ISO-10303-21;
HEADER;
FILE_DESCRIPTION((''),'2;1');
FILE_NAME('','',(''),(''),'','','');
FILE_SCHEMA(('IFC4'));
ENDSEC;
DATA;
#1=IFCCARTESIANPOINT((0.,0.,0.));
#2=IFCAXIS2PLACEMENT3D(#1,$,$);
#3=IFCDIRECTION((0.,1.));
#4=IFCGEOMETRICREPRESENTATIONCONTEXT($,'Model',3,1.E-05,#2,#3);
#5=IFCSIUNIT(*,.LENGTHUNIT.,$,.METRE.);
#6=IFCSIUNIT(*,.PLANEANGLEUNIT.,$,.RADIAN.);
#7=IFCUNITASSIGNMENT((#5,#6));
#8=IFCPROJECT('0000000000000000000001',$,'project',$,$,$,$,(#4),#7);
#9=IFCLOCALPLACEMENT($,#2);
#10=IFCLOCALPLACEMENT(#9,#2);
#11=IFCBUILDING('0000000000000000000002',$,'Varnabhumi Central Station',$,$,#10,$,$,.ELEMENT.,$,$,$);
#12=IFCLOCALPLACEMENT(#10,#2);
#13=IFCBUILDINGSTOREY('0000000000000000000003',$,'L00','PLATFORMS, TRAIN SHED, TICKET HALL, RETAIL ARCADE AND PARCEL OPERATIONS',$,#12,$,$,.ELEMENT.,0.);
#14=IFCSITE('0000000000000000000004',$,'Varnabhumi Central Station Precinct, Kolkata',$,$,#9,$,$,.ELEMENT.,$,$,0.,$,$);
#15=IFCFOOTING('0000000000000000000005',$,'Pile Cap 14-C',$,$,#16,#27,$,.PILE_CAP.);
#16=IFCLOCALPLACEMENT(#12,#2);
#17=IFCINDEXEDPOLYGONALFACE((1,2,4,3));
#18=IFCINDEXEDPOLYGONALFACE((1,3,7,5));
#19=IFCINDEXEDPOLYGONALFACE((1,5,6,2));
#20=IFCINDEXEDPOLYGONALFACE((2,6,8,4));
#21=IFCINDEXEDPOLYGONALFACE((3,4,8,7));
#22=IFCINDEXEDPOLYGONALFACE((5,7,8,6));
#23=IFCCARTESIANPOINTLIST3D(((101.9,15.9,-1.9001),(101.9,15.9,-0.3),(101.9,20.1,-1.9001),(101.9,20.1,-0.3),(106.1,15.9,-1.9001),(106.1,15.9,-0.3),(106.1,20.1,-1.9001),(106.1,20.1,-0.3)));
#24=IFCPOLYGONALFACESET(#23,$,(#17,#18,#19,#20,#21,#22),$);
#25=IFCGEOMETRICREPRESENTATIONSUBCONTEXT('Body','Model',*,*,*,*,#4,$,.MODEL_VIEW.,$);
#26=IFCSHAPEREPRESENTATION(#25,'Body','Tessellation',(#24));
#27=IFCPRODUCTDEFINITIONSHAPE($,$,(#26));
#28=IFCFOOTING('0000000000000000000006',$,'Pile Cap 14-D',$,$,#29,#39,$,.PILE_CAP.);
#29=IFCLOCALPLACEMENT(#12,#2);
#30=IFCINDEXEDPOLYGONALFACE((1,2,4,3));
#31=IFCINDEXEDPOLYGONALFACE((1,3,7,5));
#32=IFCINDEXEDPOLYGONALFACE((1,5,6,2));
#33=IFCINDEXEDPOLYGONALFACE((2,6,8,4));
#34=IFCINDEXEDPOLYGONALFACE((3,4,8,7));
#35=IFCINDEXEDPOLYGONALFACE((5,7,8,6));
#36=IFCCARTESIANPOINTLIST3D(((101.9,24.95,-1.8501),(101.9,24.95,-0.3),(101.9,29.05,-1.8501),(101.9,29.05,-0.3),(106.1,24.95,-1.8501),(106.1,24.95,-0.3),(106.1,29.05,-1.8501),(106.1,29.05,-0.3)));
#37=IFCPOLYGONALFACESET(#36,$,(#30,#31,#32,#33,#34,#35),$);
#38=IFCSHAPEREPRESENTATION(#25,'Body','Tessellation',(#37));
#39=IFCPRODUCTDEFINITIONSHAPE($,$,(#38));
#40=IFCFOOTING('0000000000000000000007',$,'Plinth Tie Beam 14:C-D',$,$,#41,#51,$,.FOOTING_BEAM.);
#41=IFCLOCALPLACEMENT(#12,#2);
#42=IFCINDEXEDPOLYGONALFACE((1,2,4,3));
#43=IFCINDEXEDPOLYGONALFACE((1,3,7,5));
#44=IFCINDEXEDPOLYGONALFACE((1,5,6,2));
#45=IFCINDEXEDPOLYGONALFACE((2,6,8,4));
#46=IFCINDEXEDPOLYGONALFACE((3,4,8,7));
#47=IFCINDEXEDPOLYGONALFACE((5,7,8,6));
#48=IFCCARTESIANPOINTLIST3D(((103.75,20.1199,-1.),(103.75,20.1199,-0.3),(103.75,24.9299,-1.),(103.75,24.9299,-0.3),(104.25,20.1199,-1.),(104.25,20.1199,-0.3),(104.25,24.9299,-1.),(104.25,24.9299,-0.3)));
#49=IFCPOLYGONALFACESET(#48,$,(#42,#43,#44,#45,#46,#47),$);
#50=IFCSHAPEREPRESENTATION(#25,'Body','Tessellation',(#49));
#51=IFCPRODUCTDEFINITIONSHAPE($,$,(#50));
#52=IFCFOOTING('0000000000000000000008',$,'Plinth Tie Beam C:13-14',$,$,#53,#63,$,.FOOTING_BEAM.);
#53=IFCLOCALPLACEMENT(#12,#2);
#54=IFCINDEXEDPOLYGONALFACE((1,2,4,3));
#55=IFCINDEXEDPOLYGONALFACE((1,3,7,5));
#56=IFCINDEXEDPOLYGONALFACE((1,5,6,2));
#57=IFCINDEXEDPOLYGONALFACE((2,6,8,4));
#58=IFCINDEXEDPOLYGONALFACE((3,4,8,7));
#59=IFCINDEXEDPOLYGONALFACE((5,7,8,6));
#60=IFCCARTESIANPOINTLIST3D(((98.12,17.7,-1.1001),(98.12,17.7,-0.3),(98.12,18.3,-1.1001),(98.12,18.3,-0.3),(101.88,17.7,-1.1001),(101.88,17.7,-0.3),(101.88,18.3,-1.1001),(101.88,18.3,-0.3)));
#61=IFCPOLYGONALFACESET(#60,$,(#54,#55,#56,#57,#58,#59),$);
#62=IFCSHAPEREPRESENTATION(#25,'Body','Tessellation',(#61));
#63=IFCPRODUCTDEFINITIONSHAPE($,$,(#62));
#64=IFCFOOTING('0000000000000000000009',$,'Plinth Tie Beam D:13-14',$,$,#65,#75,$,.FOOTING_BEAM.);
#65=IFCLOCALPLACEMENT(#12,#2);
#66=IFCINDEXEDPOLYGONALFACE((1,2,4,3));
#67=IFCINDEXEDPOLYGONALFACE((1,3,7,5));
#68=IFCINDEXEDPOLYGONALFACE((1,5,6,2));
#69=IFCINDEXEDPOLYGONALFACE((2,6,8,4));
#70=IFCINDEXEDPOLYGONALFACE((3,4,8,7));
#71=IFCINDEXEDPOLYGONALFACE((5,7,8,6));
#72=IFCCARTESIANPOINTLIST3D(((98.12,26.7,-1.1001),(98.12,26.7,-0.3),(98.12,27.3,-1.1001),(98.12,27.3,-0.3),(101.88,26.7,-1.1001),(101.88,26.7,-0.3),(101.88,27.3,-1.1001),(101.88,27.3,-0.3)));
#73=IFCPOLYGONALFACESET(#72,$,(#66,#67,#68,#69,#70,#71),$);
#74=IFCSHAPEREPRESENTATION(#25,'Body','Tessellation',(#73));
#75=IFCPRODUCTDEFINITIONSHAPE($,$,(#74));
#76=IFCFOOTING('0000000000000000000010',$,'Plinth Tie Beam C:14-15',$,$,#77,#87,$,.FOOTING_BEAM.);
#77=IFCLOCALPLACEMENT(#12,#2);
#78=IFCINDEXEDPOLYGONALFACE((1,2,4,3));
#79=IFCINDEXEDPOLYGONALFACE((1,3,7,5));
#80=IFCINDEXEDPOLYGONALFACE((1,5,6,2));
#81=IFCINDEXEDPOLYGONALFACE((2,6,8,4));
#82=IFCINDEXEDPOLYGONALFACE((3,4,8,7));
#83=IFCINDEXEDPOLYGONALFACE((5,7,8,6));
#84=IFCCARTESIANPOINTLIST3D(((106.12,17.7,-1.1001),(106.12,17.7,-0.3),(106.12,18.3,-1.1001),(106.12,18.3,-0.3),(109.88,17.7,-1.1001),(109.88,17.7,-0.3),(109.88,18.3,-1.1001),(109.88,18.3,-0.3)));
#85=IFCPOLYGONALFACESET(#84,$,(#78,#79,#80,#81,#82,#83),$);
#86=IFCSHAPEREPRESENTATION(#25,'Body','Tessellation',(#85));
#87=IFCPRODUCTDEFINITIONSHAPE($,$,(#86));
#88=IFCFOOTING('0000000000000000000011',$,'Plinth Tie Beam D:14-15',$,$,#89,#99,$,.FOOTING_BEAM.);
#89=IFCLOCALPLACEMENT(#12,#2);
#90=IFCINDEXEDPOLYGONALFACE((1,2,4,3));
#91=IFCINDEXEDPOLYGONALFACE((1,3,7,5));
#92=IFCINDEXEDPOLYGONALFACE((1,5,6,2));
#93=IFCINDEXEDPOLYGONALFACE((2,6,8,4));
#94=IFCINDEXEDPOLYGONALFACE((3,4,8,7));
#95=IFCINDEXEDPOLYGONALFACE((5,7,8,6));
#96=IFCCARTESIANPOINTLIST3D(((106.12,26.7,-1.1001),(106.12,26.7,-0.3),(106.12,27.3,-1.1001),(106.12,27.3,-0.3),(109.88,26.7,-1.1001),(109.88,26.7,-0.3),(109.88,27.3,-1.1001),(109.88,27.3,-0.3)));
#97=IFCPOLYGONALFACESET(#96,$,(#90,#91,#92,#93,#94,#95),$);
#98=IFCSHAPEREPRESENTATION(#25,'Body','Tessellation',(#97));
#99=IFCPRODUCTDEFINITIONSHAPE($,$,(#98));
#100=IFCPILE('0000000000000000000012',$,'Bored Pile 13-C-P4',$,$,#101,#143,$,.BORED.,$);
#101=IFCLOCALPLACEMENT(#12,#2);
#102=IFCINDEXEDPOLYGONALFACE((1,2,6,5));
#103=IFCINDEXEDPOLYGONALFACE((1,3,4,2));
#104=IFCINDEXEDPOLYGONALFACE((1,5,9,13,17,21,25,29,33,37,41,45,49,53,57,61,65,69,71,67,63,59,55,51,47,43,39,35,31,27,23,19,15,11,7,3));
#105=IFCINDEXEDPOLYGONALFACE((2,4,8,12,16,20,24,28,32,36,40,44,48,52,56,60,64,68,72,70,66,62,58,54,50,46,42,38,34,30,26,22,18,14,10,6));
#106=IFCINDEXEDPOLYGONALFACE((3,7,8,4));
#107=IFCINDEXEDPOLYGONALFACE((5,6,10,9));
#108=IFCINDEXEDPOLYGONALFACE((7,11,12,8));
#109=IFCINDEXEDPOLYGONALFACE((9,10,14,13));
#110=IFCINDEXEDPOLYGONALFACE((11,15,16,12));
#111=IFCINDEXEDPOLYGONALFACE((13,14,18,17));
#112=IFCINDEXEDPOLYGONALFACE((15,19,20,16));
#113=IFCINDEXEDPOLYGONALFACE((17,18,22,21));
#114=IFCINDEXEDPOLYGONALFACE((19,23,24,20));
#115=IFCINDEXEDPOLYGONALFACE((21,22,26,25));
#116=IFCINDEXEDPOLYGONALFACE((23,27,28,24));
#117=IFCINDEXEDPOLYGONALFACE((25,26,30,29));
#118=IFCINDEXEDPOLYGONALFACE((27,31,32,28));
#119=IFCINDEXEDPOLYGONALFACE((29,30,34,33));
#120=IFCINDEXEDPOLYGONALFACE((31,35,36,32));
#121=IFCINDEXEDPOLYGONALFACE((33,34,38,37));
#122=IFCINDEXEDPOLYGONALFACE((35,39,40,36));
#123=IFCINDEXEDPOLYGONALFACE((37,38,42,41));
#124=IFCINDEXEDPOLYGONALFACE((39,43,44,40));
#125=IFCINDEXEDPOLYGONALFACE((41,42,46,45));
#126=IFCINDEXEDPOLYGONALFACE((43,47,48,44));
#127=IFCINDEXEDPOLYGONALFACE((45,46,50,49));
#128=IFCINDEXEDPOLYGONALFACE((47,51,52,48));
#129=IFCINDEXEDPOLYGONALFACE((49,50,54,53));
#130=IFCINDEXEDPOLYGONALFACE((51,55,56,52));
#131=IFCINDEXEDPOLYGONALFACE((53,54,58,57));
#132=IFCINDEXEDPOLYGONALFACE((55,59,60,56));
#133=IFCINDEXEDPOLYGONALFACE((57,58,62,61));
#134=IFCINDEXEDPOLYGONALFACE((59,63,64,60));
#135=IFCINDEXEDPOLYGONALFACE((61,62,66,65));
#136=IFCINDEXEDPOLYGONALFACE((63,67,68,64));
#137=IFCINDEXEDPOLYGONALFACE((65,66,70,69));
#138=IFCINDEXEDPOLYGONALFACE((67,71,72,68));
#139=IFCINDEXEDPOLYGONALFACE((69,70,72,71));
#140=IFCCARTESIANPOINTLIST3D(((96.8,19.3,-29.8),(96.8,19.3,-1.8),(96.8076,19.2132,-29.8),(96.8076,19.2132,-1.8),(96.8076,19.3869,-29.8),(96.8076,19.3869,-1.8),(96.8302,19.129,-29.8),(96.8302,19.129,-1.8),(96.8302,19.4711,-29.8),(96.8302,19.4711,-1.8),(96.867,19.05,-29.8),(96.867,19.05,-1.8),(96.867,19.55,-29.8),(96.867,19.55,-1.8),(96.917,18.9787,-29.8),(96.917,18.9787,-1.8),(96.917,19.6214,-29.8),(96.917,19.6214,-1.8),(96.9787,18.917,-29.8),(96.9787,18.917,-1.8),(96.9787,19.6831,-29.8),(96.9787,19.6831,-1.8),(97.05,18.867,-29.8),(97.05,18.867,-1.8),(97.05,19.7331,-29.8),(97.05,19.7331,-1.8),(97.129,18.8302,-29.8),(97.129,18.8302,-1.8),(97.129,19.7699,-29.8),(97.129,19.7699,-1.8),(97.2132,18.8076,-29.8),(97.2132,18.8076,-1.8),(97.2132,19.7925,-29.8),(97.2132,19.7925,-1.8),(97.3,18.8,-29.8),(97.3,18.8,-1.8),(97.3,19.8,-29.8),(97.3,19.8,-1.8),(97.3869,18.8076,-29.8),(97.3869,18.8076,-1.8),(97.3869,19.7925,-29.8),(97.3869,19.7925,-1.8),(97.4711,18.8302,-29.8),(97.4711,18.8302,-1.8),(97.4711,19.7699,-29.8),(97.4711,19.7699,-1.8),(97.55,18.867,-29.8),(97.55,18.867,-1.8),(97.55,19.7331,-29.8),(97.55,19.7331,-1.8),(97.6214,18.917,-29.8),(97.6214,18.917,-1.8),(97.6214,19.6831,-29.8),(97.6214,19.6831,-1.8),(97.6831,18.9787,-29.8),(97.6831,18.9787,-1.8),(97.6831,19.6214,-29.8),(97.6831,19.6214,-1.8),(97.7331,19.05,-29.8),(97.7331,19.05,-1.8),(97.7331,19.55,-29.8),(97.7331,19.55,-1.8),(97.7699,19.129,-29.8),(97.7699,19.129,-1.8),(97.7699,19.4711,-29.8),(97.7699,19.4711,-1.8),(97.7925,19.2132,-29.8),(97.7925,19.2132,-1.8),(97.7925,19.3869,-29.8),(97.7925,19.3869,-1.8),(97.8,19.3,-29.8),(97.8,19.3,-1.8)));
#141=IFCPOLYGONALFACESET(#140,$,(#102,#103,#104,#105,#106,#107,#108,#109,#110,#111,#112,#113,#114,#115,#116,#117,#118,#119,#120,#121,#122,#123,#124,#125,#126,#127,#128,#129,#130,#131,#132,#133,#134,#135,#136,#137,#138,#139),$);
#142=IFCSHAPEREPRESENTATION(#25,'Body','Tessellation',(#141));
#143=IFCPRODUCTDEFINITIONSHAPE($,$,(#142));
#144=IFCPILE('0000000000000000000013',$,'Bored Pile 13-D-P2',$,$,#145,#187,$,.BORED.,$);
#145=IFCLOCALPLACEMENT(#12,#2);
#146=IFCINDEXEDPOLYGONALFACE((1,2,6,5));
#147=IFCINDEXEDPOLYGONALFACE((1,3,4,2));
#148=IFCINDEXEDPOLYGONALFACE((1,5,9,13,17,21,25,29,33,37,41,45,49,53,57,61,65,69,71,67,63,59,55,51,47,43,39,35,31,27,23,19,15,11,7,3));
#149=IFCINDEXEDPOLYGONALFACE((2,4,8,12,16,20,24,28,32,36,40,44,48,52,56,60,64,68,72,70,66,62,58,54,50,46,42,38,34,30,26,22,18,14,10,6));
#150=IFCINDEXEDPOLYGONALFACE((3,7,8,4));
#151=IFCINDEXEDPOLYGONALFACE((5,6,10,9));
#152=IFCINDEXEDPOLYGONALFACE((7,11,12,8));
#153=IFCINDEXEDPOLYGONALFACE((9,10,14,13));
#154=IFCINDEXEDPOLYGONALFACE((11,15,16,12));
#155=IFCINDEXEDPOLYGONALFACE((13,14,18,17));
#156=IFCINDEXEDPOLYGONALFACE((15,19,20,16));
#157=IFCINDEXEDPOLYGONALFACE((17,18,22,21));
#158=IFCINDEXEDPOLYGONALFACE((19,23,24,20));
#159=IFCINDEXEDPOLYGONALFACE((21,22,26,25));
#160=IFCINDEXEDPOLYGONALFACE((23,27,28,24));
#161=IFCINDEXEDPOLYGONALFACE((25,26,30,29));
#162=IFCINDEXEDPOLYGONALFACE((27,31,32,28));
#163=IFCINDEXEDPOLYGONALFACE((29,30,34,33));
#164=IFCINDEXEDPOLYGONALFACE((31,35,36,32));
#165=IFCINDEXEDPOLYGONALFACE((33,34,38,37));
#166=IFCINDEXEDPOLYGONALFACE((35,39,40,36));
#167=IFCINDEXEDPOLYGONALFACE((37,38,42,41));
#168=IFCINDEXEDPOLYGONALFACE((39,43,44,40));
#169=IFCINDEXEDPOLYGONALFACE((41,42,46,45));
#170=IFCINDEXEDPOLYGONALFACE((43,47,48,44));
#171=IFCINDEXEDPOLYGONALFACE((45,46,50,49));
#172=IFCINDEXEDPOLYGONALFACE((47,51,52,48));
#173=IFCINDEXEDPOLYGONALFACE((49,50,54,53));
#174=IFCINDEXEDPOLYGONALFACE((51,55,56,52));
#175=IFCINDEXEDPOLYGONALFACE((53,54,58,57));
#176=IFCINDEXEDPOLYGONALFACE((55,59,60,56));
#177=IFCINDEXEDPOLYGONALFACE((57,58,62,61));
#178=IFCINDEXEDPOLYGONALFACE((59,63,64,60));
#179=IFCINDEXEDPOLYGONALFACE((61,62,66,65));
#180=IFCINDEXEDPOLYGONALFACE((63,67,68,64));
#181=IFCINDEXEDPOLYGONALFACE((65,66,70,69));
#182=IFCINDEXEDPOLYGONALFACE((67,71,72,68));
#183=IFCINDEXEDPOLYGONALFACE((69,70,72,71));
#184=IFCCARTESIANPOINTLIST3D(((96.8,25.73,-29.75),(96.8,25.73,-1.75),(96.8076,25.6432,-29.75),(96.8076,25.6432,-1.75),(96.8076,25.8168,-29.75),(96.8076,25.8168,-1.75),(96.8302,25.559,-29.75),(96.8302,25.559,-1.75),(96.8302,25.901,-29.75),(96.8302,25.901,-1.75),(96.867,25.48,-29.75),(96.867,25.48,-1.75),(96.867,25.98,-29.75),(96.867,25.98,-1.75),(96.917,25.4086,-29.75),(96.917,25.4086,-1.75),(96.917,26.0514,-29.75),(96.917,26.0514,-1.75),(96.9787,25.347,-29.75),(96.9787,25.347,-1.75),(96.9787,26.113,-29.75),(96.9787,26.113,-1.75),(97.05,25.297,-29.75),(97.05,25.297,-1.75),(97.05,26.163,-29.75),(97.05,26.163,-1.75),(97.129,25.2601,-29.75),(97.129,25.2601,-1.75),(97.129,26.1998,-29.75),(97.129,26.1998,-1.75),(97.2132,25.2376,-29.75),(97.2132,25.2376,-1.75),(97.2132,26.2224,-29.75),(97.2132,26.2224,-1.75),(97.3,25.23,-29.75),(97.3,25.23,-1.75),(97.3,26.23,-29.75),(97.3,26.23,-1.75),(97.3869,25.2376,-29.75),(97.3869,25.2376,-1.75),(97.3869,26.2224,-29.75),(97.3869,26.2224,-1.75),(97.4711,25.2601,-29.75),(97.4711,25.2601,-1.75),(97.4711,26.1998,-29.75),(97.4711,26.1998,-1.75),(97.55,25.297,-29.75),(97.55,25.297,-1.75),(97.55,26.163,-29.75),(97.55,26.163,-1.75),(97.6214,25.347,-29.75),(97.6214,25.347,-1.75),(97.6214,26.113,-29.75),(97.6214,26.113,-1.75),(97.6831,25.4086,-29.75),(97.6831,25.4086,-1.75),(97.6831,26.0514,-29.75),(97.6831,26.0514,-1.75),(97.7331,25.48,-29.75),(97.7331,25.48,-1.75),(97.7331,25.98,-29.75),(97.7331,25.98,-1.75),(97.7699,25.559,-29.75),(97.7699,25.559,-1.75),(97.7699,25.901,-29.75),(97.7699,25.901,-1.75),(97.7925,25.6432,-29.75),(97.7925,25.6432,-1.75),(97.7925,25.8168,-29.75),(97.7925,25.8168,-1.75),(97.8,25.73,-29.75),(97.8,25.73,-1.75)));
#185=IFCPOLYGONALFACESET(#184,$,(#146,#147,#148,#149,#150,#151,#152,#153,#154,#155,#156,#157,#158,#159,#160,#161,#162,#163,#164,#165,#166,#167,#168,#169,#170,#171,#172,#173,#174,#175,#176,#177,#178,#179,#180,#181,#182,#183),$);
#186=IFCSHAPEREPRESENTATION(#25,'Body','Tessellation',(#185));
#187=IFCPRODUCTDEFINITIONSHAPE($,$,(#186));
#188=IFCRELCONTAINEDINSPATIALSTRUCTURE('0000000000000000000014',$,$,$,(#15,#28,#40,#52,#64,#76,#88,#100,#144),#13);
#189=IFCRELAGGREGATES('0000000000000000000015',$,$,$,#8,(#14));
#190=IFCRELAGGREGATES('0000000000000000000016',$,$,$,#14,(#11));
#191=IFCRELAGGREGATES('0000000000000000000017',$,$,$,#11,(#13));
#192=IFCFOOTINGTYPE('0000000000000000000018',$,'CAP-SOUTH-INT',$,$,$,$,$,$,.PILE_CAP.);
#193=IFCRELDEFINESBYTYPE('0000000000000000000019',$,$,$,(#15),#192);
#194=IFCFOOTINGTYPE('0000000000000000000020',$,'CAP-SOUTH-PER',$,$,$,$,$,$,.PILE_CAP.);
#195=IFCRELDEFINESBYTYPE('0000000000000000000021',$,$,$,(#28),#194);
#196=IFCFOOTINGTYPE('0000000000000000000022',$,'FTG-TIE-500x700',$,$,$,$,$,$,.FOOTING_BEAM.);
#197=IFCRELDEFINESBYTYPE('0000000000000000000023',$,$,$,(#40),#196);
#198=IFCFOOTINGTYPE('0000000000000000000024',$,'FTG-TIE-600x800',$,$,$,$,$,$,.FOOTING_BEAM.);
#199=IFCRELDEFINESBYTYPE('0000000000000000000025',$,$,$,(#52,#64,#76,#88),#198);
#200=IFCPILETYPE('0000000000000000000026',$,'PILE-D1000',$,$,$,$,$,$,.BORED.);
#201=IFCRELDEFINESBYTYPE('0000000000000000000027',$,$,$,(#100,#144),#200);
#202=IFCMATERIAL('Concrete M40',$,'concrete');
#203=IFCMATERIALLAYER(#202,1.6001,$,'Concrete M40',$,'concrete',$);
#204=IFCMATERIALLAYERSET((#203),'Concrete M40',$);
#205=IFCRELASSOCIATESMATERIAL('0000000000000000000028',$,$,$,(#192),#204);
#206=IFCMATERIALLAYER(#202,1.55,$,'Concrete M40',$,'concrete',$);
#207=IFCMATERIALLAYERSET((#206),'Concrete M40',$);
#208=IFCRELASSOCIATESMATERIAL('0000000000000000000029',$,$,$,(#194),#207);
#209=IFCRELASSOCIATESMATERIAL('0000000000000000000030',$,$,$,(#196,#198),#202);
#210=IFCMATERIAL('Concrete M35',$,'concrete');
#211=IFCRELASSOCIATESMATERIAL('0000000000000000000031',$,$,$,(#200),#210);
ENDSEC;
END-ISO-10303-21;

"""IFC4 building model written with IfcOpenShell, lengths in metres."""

from ifc_helpers import new_model, si_unit, direction, frame, origin, origin_2d, place, context, subcontext, project, spatial, rectangle, circle, extrude, material, layer, layer_set, material_profile, profile_set, type_object, element, save


model = new_model("IFC4")

# Units and contexts
model_context = context("Model", 3, precision=1e-05, world=origin(), true_north=direction((0.0, 1.0)))
body_context = subcontext(model_context, "Body", "Model", "MODEL_VIEW")
ifc_project = project(units=[si_unit("LENGTHUNIT", "METRE"), si_unit("PLANEANGLEUNIT", "RADIAN")], contexts=[model_context])

# Site, building, storey
site_placement = place(None, origin())
site = spatial("IfcSite", under=ifc_project, at=site_placement, Name="Varnabhumi Central Station Precinct, Kolkata", CompositionType="ELEMENT", RefElevation=0.0)
building_placement = place(site_placement, origin())
building = spatial("IfcBuilding", under=site, at=building_placement, Name="Varnabhumi Central Station", CompositionType="ELEMENT")
storey_placement = place(building_placement, origin())
storey = spatial("IfcBuildingStorey", under=building, at=storey_placement, Name="L00", Description="PLATFORMS, TRAIN SHED, TICKET HALL, RETAIL ARCADE AND PARCEL OPERATIONS", CompositionType="ELEMENT", Elevation=0.0)

# Footings
ifc_material_1 = material(Name="Concrete M40", Category="concrete")
ifc_layer_1 = layer(ifc_material_1, 1.6001, Name="Concrete M40", Category="concrete")
ifc_layer_set_1 = layer_set([ifc_layer_1], Name="Concrete M40")
footing_type_1 = type_object("IfcFootingType", Name="CAP-SOUTH-INT", PredefinedType="PILE_CAP", material=ifc_layer_set_1)
footing_1_placement = place(storey_placement, frame((104.0, 18.0, -1.9001), z_axis=(0.0, 0.0, 1.0), x_axis=(1.0, 0.0, 0.0)))
element("IfcFooting", 1, at=footing_1_placement, inside=storey, type_object=footing_type_1, Name="Pile Cap 14-C", PredefinedType="PILE_CAP", context=body_context, shape_type="SweptSolid", body=[
    extrude(rectangle(XDim=4.2, YDim=4.2, at=origin_2d()), origin(), (0.0, 0.0, 1.0), 1.6001),
])
ifc_layer_2 = layer(ifc_material_1, 1.55, Name="Concrete M40", Category="concrete")
ifc_layer_set_2 = layer_set([ifc_layer_2], Name="Concrete M40")
footing_type_2 = type_object("IfcFootingType", Name="CAP-SOUTH-PER", PredefinedType="PILE_CAP", material=ifc_layer_set_2)
footing_2_placement = place(storey_placement, frame((104.0, 27.0, -1.8501), z_axis=(0.0, 0.0, 1.0), x_axis=(1.0, 0.0, 0.0)))
element("IfcFooting", 2, at=footing_2_placement, inside=storey, type_object=footing_type_2, Name="Pile Cap 14-D", PredefinedType="PILE_CAP", context=body_context, shape_type="SweptSolid", body=[
    extrude(rectangle(XDim=4.2, YDim=4.1001, at=origin_2d()), origin(), (0.0, 0.0, 1.0), 1.55),
])
footing_type_3 = type_object("IfcFootingType", Name="FTG-TIE-500x700", PredefinedType="FOOTING_BEAM", material=ifc_material_1)
footing_3_placement = place(storey_placement, frame((104.0, 22.5249, -1.0), z_axis=(0.0, 0.0, 1.0), x_axis=(1.0, 0.0, 0.0)))
element("IfcFooting", 3, at=footing_3_placement, inside=storey, type_object=footing_type_3, Name="Plinth Tie Beam 14:C-D", PredefinedType="FOOTING_BEAM", context=body_context, shape_type="SweptSolid", body=[
    extrude(rectangle(XDim=0.5, YDim=4.8101, at=origin_2d()), origin(), (0.0, 0.0, 1.0), 0.7),
])
footing_type_4 = type_object("IfcFootingType", Name="FTG-TIE-600x800", PredefinedType="FOOTING_BEAM", material=ifc_material_1)
for number, where, z_axis, x_axis, name in (
    (4, (100.0, 18.0, -1.1001), (0.0, 0.0, 1.0), (1.0, 0.0, 0.0), "Plinth Tie Beam C:13-14"),
    (5, (100.0, 27.0, -1.1001), (0.0, 0.0, 1.0), (1.0, 0.0, 0.0), "Plinth Tie Beam D:13-14"),
    (6, (108.0, 18.0, -1.1001), (0.0, 0.0, 1.0), (1.0, 0.0, 0.0), "Plinth Tie Beam C:14-15"),
    (7, (108.0, 27.0, -1.1001), (0.0, 0.0, 1.0), (1.0, 0.0, 0.0), "Plinth Tie Beam D:14-15"),
):
    element("IfcFooting", number, at=place(storey_placement, frame(where, z_axis=z_axis, x_axis=x_axis)), inside=storey, type_object=footing_type_4, Name=name, PredefinedType="FOOTING_BEAM", context=body_context, shape_type="SweptSolid", body=[
        extrude(rectangle(XDim=3.76, YDim=0.6001, at=origin_2d()), origin(), (0.0, 0.0, 1.0), 0.8),
    ])

# Piles
ifc_material_2 = material(Name="Concrete M35", Category="concrete")
ifc_material_profile_1 = material_profile(ifc_material_2, circle(Radius=0.5, at=origin_2d()), Name="Concrete M35", Category="concrete")
ifc_profile_set_1 = profile_set([ifc_material_profile_1], Name="Concrete M35")
pile_type = type_object("IfcPileType", Name="PILE-D1000", PredefinedType="BORED", material=ifc_profile_set_1)
for number, where, z_axis, x_axis, name in (
    (8, (97.3, 19.3, -1.8), (0.0, 0.0, -1.0), (1.0, 0.0, 0.0), "Bored Pile 13-C-P4"),
    (9, (97.3, 25.73, -1.75), (0.0, 0.0, -1.0), (1.0, 0.0, 0.0), "Bored Pile 13-D-P2"),
):
    element("IfcPile", number, at=place(storey_placement, frame(where, z_axis=z_axis, x_axis=x_axis)), inside=storey, type_object=pile_type, Name=name, PredefinedType="BORED", context=body_context, shape_type="SweptSolid", body=[
        extrude(circle(Radius=0.5, at=origin_2d()), origin(), (0.0, 0.0, 1.0), 28.0),
    ])

save(model, "model.ifc")
